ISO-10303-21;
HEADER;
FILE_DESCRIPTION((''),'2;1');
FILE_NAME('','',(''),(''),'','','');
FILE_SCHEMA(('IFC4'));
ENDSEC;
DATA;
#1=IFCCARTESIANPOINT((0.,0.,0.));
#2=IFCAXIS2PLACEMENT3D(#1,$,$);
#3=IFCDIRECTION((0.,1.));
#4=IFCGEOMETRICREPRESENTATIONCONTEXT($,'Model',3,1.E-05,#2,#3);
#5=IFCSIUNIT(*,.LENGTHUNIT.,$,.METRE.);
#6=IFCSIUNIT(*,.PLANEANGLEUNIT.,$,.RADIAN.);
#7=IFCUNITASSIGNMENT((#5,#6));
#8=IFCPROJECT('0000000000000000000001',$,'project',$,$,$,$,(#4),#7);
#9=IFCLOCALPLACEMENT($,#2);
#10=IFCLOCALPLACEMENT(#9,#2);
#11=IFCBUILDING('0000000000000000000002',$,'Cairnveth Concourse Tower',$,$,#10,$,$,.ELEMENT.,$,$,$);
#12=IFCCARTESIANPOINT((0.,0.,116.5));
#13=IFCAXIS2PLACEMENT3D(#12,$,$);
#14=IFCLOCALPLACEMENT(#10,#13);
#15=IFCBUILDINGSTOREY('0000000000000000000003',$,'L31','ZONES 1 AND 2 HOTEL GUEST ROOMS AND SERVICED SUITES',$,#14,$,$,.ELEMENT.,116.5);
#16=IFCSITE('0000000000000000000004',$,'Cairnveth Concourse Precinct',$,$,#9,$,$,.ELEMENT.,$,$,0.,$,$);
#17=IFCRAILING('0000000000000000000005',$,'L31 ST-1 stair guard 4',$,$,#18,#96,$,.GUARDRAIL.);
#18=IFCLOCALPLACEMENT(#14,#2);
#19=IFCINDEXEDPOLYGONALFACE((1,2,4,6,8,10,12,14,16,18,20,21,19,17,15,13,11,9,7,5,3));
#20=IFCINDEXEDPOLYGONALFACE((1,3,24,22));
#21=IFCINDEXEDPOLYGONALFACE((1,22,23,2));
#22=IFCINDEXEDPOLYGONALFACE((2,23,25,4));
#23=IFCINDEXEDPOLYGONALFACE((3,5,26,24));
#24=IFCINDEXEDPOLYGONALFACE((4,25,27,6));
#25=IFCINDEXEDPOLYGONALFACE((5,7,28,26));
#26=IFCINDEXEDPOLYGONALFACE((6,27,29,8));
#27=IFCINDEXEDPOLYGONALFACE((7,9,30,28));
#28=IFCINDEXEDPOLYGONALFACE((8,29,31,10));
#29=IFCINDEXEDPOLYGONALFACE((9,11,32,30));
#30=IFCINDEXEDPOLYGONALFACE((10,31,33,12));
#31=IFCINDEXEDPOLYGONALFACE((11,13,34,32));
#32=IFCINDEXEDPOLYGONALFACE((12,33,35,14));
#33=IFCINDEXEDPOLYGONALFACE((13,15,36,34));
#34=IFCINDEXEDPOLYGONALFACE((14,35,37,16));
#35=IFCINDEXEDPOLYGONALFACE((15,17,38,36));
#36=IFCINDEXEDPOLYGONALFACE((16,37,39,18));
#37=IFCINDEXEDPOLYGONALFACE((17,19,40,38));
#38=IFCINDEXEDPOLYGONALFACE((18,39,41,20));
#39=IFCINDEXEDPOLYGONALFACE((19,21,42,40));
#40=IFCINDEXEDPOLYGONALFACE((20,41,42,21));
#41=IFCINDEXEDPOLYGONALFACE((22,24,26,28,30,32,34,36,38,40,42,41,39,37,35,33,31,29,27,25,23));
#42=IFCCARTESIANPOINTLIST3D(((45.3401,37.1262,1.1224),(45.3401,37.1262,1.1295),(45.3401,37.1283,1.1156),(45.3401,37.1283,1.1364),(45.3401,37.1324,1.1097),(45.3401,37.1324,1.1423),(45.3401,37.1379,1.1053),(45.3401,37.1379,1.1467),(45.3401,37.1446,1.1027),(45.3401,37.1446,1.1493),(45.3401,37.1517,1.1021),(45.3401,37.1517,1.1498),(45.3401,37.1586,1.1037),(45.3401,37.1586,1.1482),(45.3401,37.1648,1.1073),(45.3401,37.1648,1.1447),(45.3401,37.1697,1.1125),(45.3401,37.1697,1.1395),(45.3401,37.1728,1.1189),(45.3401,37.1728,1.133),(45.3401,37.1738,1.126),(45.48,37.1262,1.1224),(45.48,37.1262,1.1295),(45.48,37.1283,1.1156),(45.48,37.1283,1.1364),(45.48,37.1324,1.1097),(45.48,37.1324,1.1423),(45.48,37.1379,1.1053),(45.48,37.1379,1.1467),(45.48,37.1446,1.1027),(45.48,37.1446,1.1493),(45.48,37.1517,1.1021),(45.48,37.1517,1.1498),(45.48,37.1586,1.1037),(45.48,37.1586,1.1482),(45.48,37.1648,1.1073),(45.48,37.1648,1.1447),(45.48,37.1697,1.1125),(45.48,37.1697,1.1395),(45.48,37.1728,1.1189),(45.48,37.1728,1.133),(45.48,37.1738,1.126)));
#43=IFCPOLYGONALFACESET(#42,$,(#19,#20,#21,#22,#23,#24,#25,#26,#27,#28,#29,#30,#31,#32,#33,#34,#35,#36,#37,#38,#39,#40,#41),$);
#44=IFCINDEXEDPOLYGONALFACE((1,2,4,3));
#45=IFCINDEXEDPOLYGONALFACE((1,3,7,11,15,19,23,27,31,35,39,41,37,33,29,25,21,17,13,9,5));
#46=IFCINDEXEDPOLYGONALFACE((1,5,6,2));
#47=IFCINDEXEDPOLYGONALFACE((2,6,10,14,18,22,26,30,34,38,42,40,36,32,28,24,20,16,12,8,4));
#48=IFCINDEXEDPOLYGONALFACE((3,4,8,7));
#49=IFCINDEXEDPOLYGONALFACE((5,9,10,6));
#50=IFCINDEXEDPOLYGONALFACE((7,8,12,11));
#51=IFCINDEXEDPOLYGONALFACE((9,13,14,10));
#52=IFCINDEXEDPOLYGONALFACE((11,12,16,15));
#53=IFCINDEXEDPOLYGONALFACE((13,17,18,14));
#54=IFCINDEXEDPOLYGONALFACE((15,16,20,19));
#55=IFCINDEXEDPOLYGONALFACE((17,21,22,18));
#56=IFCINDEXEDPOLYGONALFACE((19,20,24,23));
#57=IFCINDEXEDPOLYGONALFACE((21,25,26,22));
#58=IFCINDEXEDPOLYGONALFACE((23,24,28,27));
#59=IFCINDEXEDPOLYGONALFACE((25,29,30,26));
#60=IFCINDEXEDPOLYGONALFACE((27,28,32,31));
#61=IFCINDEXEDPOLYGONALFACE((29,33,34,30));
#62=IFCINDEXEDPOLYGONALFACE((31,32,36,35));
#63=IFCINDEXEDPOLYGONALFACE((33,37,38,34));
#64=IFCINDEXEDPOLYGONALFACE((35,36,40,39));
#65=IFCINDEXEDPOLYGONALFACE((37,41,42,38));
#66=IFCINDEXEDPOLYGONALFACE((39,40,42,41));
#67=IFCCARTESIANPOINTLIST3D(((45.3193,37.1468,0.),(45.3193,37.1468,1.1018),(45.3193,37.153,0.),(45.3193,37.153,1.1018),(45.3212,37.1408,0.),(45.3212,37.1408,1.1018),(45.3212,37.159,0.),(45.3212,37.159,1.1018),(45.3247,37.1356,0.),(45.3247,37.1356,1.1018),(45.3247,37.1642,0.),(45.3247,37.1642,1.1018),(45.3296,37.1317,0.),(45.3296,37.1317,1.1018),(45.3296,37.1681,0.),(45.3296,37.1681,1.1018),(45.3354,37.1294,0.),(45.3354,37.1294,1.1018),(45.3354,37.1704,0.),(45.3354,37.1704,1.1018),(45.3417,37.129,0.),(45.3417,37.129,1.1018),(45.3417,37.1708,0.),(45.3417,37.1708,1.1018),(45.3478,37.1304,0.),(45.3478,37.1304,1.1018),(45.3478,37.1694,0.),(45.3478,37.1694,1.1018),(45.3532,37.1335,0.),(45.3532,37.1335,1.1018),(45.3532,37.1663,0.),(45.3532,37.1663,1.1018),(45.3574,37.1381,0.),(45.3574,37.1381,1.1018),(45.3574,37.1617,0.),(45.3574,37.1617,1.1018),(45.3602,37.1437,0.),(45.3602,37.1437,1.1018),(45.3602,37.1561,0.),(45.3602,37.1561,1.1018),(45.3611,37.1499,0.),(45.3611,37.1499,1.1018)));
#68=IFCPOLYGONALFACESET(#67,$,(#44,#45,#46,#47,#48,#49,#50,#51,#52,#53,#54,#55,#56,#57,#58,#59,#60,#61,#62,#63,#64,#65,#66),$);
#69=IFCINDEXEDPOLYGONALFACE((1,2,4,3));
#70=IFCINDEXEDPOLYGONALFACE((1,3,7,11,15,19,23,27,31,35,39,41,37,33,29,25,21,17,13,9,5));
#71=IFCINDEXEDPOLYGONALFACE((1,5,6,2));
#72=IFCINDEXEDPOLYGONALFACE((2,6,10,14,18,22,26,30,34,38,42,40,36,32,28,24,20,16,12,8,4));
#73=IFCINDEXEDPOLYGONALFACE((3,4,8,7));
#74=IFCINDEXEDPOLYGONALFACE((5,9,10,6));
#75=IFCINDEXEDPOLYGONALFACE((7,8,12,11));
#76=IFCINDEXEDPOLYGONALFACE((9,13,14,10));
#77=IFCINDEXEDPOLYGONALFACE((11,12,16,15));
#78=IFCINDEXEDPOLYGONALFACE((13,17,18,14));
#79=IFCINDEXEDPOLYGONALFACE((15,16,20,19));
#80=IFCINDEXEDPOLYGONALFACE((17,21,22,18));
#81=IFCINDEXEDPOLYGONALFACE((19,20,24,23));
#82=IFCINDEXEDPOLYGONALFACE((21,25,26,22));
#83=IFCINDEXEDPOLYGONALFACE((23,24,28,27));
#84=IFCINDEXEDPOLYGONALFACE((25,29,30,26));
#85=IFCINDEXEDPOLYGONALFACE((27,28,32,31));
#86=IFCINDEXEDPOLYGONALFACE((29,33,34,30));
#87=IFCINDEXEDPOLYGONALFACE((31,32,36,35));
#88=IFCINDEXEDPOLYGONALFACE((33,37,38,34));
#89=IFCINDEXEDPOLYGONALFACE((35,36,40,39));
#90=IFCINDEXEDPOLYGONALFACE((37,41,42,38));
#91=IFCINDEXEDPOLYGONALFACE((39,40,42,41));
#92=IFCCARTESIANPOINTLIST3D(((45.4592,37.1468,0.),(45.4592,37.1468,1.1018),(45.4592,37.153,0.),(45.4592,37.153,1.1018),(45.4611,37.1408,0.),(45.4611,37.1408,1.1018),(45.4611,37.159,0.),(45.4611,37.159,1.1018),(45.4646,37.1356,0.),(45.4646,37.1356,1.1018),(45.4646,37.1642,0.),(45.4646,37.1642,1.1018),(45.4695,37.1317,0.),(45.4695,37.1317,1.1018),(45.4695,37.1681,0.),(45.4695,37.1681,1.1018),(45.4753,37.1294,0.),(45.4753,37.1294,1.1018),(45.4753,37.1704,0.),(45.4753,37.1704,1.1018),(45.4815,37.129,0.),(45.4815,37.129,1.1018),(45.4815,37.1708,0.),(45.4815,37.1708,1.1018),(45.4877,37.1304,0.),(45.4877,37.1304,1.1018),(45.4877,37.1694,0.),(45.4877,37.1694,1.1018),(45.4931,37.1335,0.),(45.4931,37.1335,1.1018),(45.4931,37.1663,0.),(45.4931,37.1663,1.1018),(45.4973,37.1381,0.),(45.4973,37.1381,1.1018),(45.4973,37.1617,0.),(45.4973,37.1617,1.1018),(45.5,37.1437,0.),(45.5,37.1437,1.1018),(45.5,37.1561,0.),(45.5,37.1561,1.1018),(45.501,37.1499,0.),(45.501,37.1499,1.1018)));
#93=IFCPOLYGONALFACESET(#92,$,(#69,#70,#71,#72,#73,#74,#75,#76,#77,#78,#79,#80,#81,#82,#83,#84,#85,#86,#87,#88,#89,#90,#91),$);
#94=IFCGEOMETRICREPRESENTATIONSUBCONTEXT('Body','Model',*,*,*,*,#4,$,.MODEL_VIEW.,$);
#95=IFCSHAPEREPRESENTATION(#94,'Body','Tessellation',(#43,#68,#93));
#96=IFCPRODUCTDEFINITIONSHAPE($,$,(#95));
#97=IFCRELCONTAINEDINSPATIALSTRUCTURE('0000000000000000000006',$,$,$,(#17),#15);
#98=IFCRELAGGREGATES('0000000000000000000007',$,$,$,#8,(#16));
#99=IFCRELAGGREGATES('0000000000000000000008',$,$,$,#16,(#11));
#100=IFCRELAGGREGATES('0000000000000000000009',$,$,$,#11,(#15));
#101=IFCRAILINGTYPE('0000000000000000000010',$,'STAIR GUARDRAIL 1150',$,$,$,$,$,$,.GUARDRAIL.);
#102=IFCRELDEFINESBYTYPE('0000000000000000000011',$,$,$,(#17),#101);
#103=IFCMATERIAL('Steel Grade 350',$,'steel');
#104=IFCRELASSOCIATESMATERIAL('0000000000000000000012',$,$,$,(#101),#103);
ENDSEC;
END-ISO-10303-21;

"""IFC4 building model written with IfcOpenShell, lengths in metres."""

from ifc_helpers import new_model, si_unit, direction, frame, origin, origin_2d, place, context, subcontext, project, spatial, circle, extrude, material, type_object, element, save


model = new_model("IFC4")

# Units and contexts
model_context = context("Model", 3, precision=1e-05, world=origin(), true_north=direction((0.0, 1.0)))
body_context = subcontext(model_context, "Body", "Model", "MODEL_VIEW")
ifc_project = project(units=[si_unit("LENGTHUNIT", "METRE"), si_unit("PLANEANGLEUNIT", "RADIAN")], contexts=[model_context])

# Site, building, storey
site_placement = place(None, origin())
site = spatial("IfcSite", under=ifc_project, at=site_placement, Name="Cairnveth Concourse Precinct", CompositionType="ELEMENT", RefElevation=0.0)
building_placement = place(site_placement, origin())
building = spatial("IfcBuilding", under=site, at=building_placement, Name="Cairnveth Concourse Tower", CompositionType="ELEMENT")
storey_placement = place(building_placement, frame((0.0, 0.0, 116.5)))
storey = spatial("IfcBuildingStorey", under=building, at=storey_placement, Name="L31", Description="ZONES 1 AND 2 HOTEL GUEST ROOMS AND SERVICED SUITES", CompositionType="ELEMENT", Elevation=116.5)

# Shared definitions
ifc_material_1 = material(Name="Steel Grade 350", Category="steel")

# Railing
railing_type = type_object("IfcRailingType", Name="STAIR GUARDRAIL 1150", PredefinedType="GUARDRAIL", material=ifc_material_1)
railing_1_placement = place(storey_placement, frame((45.3401, 37.1499, 0.0)))
element("IfcRailing", 1, at=railing_1_placement, inside=storey, type_object=railing_type, Name="L31 ST-1 stair guard 4", PredefinedType="GUARDRAIL", context=body_context, shape_type="SweptSolid", body=[
    extrude(circle(Radius=0.0239, at=origin_2d()), frame((0.0, 0.0, 1.126), z_axis=(1.0, 0.0, 0.0), x_axis=(0.0, 1.0, 0.0)), (0.0, 0.0, 1.0), 0.1399),
    extrude(circle(Radius=0.021, at=origin_2d()), origin(), (0.0, 0.0, 1.0), 1.1018),
    extrude(circle(Radius=0.021, at=origin_2d()), frame((0.1399, 0.0, 0.0)), (0.0, 0.0, 1.0), 1.1018),
])

save(model, "model.ifc")
